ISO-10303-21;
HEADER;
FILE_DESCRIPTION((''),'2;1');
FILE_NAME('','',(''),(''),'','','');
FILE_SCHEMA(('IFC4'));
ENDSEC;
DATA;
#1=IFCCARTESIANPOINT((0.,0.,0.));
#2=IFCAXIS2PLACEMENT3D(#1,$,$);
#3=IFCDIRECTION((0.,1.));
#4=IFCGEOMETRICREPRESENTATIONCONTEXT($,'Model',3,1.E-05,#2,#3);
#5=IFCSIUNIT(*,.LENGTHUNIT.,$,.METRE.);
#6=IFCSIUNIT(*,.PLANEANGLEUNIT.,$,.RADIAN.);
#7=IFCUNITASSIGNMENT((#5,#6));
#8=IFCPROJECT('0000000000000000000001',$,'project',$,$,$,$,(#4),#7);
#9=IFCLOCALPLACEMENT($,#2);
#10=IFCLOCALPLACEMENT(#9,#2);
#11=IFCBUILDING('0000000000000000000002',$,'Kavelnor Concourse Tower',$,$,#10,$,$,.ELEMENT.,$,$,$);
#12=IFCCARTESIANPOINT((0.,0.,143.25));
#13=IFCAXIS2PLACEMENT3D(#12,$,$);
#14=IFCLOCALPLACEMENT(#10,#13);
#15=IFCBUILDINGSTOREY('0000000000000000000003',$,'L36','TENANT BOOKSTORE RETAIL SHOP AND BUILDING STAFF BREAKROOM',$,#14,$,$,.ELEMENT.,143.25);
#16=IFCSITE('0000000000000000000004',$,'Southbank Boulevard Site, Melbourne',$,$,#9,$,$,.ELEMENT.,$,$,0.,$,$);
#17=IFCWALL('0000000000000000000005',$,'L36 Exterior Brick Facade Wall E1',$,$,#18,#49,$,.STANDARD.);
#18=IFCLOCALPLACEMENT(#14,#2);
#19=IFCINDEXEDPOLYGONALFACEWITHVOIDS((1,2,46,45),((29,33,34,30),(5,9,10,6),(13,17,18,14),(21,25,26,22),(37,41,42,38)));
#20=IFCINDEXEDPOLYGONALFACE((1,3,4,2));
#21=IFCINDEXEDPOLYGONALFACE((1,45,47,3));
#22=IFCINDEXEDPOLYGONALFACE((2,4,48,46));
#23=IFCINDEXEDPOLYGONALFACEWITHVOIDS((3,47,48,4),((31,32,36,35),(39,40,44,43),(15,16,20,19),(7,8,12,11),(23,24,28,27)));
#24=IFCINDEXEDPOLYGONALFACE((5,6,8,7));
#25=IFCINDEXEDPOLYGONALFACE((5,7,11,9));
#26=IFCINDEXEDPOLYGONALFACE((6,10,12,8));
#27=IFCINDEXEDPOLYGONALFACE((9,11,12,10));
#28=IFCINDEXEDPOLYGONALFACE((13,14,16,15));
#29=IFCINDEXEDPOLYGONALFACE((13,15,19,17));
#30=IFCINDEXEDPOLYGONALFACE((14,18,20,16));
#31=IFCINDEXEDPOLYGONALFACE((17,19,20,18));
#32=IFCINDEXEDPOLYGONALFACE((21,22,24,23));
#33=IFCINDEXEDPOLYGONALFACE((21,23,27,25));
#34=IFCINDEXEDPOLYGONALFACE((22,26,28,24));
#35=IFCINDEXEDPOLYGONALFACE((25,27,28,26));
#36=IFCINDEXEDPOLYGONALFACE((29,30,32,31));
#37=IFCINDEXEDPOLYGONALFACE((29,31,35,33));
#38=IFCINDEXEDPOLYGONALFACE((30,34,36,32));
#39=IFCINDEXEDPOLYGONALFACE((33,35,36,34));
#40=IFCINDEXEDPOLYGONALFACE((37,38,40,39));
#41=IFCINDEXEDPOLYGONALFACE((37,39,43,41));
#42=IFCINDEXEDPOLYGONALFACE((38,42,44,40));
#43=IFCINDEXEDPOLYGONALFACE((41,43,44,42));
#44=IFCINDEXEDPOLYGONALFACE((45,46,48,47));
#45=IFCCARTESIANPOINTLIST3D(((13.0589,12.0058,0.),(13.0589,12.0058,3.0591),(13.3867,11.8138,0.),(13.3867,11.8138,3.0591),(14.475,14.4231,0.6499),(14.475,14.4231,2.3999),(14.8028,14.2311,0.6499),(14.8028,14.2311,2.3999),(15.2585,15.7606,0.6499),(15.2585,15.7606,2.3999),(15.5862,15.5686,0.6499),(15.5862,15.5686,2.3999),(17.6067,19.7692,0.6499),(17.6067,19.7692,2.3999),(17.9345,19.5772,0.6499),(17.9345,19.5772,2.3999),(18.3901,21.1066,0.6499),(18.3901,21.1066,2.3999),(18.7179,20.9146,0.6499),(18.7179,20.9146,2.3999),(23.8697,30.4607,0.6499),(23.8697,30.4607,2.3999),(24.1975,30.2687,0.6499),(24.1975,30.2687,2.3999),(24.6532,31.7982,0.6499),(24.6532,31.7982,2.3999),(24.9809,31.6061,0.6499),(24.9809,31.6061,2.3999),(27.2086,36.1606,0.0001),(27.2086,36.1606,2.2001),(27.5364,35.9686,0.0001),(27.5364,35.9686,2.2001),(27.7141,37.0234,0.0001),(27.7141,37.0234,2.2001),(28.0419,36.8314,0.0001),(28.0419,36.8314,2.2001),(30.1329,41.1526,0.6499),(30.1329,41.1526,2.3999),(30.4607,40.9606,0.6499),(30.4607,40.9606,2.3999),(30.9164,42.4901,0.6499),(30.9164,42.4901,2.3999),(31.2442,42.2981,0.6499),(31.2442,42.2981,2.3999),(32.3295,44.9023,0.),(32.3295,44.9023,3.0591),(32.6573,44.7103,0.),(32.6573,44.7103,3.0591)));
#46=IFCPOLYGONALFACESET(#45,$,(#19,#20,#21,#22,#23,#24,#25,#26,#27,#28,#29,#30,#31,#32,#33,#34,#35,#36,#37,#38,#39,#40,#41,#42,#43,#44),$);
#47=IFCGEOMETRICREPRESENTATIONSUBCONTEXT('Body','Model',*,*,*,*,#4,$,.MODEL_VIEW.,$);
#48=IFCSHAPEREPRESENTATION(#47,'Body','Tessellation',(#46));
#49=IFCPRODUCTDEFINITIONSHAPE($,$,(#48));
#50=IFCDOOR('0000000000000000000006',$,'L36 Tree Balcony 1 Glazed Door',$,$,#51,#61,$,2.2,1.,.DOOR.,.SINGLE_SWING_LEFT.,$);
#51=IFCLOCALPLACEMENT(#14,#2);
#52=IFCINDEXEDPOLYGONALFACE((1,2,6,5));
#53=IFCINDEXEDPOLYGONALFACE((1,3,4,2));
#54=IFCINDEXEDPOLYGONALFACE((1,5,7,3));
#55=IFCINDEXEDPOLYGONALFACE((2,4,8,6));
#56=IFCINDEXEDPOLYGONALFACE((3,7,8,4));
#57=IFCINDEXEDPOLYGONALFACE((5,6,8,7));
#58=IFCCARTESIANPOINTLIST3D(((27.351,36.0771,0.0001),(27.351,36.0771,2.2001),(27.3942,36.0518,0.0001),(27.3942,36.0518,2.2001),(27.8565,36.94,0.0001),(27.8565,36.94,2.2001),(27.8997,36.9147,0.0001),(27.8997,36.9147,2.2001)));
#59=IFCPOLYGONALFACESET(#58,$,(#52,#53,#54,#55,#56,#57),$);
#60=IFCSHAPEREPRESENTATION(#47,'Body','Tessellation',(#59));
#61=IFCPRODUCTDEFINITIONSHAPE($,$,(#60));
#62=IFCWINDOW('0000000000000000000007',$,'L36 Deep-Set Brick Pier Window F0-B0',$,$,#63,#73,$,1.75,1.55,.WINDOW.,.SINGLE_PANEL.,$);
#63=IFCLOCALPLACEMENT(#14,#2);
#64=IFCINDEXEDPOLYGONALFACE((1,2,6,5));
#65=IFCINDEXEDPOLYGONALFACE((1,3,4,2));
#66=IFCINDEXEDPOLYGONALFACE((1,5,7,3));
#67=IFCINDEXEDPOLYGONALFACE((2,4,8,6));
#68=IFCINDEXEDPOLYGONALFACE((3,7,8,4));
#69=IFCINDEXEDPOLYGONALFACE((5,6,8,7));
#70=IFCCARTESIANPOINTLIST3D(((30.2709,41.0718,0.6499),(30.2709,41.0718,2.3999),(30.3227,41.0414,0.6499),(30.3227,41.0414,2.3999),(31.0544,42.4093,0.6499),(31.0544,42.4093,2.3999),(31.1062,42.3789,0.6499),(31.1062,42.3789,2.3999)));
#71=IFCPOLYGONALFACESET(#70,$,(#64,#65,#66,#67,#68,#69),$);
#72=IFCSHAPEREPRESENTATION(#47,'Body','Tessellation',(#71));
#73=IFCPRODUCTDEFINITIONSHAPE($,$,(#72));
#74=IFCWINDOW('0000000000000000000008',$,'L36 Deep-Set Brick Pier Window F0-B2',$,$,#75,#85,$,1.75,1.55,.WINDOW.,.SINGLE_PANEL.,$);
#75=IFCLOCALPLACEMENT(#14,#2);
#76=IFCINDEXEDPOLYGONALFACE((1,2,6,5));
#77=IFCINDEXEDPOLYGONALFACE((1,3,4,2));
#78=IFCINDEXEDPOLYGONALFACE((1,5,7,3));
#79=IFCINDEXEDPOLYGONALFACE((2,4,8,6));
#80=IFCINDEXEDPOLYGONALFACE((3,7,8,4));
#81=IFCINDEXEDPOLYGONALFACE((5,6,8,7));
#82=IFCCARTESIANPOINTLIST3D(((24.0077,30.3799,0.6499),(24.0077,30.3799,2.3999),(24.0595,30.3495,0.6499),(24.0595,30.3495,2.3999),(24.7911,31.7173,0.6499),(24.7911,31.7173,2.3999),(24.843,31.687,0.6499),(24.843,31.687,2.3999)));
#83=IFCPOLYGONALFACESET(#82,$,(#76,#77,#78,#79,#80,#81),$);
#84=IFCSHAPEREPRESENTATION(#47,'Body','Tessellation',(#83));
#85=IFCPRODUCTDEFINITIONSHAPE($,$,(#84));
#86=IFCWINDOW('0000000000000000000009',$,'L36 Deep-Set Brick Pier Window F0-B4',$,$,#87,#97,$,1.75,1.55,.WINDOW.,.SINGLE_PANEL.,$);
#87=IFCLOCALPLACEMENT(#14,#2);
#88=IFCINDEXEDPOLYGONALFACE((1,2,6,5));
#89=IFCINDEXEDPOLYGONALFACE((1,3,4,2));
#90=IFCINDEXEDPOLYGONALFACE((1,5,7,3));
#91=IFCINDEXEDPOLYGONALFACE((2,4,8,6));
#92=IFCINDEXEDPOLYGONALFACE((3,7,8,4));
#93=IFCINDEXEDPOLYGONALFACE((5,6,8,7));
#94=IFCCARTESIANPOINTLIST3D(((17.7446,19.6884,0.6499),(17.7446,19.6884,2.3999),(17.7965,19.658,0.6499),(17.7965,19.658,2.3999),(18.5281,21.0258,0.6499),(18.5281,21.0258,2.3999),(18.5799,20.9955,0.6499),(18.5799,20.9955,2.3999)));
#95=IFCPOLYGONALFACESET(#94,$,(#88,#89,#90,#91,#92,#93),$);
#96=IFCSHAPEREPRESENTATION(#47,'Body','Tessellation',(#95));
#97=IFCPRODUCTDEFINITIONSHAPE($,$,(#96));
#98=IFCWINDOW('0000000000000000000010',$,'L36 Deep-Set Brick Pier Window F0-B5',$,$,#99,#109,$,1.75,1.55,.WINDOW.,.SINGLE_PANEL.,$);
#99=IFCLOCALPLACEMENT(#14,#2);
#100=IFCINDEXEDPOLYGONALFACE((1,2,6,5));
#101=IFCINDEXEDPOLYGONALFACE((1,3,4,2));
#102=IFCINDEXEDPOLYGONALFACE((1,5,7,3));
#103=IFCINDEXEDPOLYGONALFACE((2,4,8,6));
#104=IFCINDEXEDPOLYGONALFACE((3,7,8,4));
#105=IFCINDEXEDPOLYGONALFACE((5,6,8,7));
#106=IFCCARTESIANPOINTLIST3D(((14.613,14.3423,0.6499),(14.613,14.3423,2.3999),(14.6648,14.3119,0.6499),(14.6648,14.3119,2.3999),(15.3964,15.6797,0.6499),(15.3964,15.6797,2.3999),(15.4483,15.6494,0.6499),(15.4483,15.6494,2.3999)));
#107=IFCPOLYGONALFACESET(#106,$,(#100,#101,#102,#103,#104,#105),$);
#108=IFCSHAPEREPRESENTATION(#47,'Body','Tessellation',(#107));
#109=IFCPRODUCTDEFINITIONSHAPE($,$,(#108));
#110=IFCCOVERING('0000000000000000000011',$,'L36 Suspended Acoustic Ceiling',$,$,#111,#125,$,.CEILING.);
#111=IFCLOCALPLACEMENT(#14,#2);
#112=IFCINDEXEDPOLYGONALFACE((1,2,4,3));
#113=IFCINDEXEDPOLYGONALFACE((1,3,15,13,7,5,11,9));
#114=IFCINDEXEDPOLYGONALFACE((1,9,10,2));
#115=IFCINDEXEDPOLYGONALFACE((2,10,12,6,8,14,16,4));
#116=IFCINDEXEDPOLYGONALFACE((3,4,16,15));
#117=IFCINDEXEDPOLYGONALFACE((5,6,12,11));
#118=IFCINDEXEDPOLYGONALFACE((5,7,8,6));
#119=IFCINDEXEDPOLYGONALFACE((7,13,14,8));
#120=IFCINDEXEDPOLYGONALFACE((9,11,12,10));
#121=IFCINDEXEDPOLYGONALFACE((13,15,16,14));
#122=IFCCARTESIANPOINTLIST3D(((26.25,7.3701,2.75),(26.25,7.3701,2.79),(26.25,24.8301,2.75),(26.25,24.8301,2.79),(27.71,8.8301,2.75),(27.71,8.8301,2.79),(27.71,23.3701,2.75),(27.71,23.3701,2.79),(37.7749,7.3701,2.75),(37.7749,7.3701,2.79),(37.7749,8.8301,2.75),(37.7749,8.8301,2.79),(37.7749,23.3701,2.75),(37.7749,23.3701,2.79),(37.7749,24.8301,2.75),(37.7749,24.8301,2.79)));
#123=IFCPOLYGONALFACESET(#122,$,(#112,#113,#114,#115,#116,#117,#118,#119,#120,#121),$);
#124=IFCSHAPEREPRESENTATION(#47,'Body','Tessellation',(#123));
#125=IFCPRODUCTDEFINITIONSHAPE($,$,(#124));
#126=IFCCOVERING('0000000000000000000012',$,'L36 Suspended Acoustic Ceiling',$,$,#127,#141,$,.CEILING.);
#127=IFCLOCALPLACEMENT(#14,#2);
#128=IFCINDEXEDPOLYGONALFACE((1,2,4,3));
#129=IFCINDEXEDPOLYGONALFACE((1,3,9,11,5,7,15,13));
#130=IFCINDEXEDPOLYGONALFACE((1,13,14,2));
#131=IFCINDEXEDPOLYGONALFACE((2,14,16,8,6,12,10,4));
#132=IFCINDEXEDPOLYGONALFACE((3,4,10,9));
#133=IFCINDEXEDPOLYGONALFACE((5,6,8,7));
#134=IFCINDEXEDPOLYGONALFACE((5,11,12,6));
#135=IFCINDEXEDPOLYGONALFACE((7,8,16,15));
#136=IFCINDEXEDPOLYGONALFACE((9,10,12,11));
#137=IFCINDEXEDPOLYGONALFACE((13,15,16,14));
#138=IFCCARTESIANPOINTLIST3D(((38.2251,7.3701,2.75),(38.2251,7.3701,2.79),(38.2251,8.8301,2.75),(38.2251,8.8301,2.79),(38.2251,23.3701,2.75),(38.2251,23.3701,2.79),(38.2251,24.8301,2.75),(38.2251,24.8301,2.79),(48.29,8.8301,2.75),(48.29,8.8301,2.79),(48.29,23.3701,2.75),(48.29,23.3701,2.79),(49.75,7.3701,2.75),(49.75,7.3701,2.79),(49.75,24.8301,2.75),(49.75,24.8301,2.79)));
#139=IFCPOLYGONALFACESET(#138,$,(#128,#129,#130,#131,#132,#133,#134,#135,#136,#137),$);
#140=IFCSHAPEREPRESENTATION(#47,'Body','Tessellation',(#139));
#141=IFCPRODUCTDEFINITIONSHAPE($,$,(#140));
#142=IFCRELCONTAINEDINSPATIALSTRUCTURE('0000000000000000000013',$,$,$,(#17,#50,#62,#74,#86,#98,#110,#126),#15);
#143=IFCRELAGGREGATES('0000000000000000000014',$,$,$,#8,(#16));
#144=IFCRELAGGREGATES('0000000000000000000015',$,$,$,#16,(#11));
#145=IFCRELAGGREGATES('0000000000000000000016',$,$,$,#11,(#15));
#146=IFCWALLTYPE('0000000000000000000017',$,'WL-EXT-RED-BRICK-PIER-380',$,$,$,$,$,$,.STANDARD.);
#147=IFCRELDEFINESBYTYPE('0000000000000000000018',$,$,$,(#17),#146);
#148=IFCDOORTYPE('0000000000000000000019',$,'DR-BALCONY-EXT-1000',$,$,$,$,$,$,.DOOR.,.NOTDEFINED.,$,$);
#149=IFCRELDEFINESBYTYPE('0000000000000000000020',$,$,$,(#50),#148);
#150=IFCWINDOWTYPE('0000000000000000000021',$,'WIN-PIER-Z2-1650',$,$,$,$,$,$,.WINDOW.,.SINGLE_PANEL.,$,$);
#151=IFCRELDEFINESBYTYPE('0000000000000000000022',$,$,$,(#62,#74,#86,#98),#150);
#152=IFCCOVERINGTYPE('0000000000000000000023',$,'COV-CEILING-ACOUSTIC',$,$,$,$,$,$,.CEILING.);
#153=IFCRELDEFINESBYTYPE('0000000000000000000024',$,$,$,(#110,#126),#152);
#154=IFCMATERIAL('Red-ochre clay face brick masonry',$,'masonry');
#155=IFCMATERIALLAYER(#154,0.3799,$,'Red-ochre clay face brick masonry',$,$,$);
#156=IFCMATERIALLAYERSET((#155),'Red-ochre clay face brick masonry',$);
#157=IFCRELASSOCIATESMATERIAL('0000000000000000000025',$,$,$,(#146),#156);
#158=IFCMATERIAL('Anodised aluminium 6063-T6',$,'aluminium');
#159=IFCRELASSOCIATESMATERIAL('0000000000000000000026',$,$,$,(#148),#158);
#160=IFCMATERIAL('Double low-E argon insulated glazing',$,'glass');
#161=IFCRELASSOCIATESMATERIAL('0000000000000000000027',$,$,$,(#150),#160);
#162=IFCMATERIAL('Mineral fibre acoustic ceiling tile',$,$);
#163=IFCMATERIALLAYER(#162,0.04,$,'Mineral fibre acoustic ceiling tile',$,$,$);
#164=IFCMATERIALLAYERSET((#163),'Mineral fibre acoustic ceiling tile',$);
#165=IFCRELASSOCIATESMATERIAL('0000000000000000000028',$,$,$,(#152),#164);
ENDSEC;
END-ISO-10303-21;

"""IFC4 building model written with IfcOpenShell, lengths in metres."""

from ifc_helpers import new_model, si_unit, direction, frame, frame_2d, origin, place, context, subcontext, project, spatial, polyline, rectangle, outline, extrude, material, layer, layer_set, type_object, element, fill, save


model = new_model("IFC4")

# Units and contexts
model_context = context("Model", 3, precision=1e-05, world=origin(), true_north=direction((0.0, 1.0)))
body_context = subcontext(model_context, "Body", "Model", "MODEL_VIEW")
ifc_project = project(units=[si_unit("LENGTHUNIT", "METRE"), si_unit("PLANEANGLEUNIT", "RADIAN")], contexts=[model_context])

# Site, building, storey
site_placement = place(None, origin())
site = spatial("IfcSite", under=ifc_project, at=site_placement, Name="Southbank Boulevard Site, Melbourne", CompositionType="ELEMENT", RefElevation=0.0)
building_placement = place(site_placement, origin())
building = spatial("IfcBuilding", under=site, at=building_placement, Name="Kavelnor Concourse Tower", CompositionType="ELEMENT")
storey_placement = place(building_placement, frame((0.0, 0.0, 143.25)))
storey = spatial("IfcBuildingStorey", under=building, at=storey_placement, Name="L36", Description="TENANT BOOKSTORE RETAIL SHOP AND BUILDING STAFF BREAKROOM", CompositionType="ELEMENT", Elevation=143.25)

# Wall, openings, door, windows
ifc_material_1 = material(Name="Red-ochre clay face brick masonry", Category="masonry")
ifc_layer_1 = layer(ifc_material_1, 0.3799, Name="Red-ochre clay face brick masonry")
ifc_layer_set_1 = layer_set([ifc_layer_1], Name="Red-ochre clay face brick masonry")
wall_type = type_object("IfcWallType", Name="WL-EXT-RED-BRICK-PIER-380", PredefinedType="STANDARD", material=ifc_layer_set_1)
wall_placement = place(storey_placement, frame((13.2229, 11.9099, 0.0), z_axis=(0.0, 0.0, 1.0), x_axis=(0.505453, 0.862854, 0.0)))
wall = element("IfcWall", 1, at=wall_placement, inside=storey, type_object=wall_type, Name="L36 Exterior Brick Facade Wall E1", PredefinedType="STANDARD", context=body_context, shape_type="SweptSolid", body=[
    extrude(rectangle(XDim=38.1252, YDim=0.3799, at=frame_2d((19.0625, 0.0))), origin(), (0.0, 0.0, 1.0), 3.0591),
])
opening_1_placement = place(wall_placement, frame((27.9939, 0.0, 0.0)))
opening_1 = element("IfcOpeningElement", 2, at=opening_1_placement, cuts=wall, PredefinedType="OPENING", context=body_context, shape_type="SweptSolid", body=[
    extrude(rectangle(XDim=1.0, YDim=2.2, at=frame_2d((0.5, 1.1001))), frame((0.0, 0.2, 0.0), z_axis=(0.0, -1.0, 0.0), x_axis=(1.0, 0.0, 0.0)), (0.0, 0.0, 1.0), 0.3999),
])
opening_2_placement = place(wall_placement, frame((33.7795, 0.0, 0.6499)))
opening_2 = element("IfcOpeningElement", 3, at=opening_2_placement, cuts=wall, PredefinedType="OPENING", context=body_context, shape_type="SweptSolid", body=[
    extrude(rectangle(XDim=1.55, YDim=1.75, at=frame_2d((0.7749, 0.875))), frame((0.0, 0.2, 0.0), z_axis=(0.0, -1.0, 0.0), x_axis=(1.0, 0.0, 0.0)), (0.0, 0.0, 1.0), 0.3999),
])
opening_3_placement = place(wall_placement, frame((21.3882, 0.0, 0.6499)))
opening_3 = element("IfcOpeningElement", 4, at=opening_3_placement, cuts=wall, PredefinedType="OPENING", context=body_context, shape_type="SweptSolid", body=[
    extrude(rectangle(XDim=1.55, YDim=1.75, at=frame_2d((0.7749, 0.875))), frame((0.0, 0.2, 0.0), z_axis=(0.0, -1.0, 0.0), x_axis=(1.0, 0.0, 0.0)), (0.0, 0.0, 1.0), 0.3999),
])
opening_4_placement = place(wall_placement, frame((8.9973, 0.0, 0.6499)))
opening_4 = element("IfcOpeningElement", 5, at=opening_4_placement, cuts=wall, PredefinedType="OPENING", context=body_context, shape_type="SweptSolid", body=[
    extrude(rectangle(XDim=1.55, YDim=1.75, at=frame_2d((0.7749, 0.875))), frame((0.0, 0.2, 0.0), z_axis=(0.0, -1.0, 0.0), x_axis=(1.0, 0.0, 0.0)), (0.0, 0.0, 1.0), 0.3999),
])
opening_5_placement = place(wall_placement, frame((2.8015, 0.0, 0.6499)))
opening_5 = element("IfcOpeningElement", 6, at=opening_5_placement, cuts=wall, PredefinedType="OPENING", context=body_context, shape_type="SweptSolid", body=[
    extrude(rectangle(XDim=1.55, YDim=1.75, at=frame_2d((0.7749, 0.875))), frame((0.0, 0.2, 0.0), z_axis=(0.0, -1.0, 0.0), x_axis=(1.0, 0.0, 0.0)), (0.0, 0.0, 1.0), 0.3999),
])
ifc_material_2 = material(Name="Anodised aluminium 6063-T6", Category="aluminium")
door_type = type_object("IfcDoorType", Name="DR-BALCONY-EXT-1000", OperationType="NOTDEFINED", PredefinedType="DOOR", material=ifc_material_2)
door_placement = place(opening_1_placement, origin())
door = element("IfcDoor", 7, at=door_placement, inside=storey, type_object=door_type, Name="L36 Tree Balcony 1 Glazed Door", OperationType="SINGLE_SWING_LEFT", OverallHeight=2.2, OverallWidth=1.0, PredefinedType="DOOR", context=body_context, shape_type="SweptSolid", body=[
    extrude(rectangle(XDim=1.0, YDim=2.2, at=frame_2d((0.5, 1.1001))), frame((0.0, 0.0249, 0.0), z_axis=(0.0, -1.0, 0.0), x_axis=(1.0, 0.0, 0.0)), (0.0, 0.0, 1.0), 0.05),
])
fill(opening_1, door)
ifc_material_3 = material(Name="Double low-E argon insulated glazing", Category="glass")
window_type = type_object("IfcWindowType", Name="WIN-PIER-Z2-1650", PartitioningType="SINGLE_PANEL", PredefinedType="WINDOW", material=ifc_material_3)
window_1_placement = place(opening_2_placement, origin())
window_1 = element("IfcWindow", 8, at=window_1_placement, inside=storey, type_object=window_type, Name="L36 Deep-Set Brick Pier Window F0-B0", OverallHeight=1.75, OverallWidth=1.55, PartitioningType="SINGLE_PANEL", PredefinedType="WINDOW", context=body_context, shape_type="SweptSolid", body=[
    extrude(rectangle(XDim=1.55, YDim=1.75, at=frame_2d((0.7749, 0.875))), frame((0.0, 0.03, 0.0), z_axis=(0.0, -1.0, 0.0), x_axis=(1.0, 0.0, 0.0)), (0.0, 0.0, 1.0), 0.0601),
])
fill(opening_2, window_1)
window_2_placement = place(opening_3_placement, origin())
window_2 = element("IfcWindow", 9, at=window_2_placement, inside=storey, type_object=window_type, Name="L36 Deep-Set Brick Pier Window F0-B2", OverallHeight=1.75, OverallWidth=1.55, PartitioningType="SINGLE_PANEL", PredefinedType="WINDOW", context=body_context, shape_type="SweptSolid", body=[
    extrude(rectangle(XDim=1.55, YDim=1.75, at=frame_2d((0.7749, 0.875))), frame((0.0, 0.03, 0.0), z_axis=(0.0, -1.0, 0.0), x_axis=(1.0, 0.0, 0.0)), (0.0, 0.0, 1.0), 0.0601),
])
fill(opening_3, window_2)
window_3_placement = place(opening_4_placement, origin())
window_3 = element("IfcWindow", 10, at=window_3_placement, inside=storey, type_object=window_type, Name="L36 Deep-Set Brick Pier Window F0-B4", OverallHeight=1.75, OverallWidth=1.55, PartitioningType="SINGLE_PANEL", PredefinedType="WINDOW", context=body_context, shape_type="SweptSolid", body=[
    extrude(rectangle(XDim=1.55, YDim=1.75, at=frame_2d((0.7749, 0.875))), frame((0.0, 0.03, 0.0), z_axis=(0.0, -1.0, 0.0), x_axis=(1.0, 0.0, 0.0)), (0.0, 0.0, 1.0), 0.0601),
])
fill(opening_4, window_3)
window_4_placement = place(opening_5_placement, origin())
window_4 = element("IfcWindow", 11, at=window_4_placement, inside=storey, type_object=window_type, Name="L36 Deep-Set Brick Pier Window F0-B5", OverallHeight=1.75, OverallWidth=1.55, PartitioningType="SINGLE_PANEL", PredefinedType="WINDOW", context=body_context, shape_type="SweptSolid", body=[
    extrude(rectangle(XDim=1.55, YDim=1.75, at=frame_2d((0.7749, 0.875))), frame((0.0, 0.03, 0.0), z_axis=(0.0, -1.0, 0.0), x_axis=(1.0, 0.0, 0.0)), (0.0, 0.0, 1.0), 0.0601),
])
fill(opening_5, window_4)

# Coverings
ifc_material_4 = material(Name="Mineral fibre acoustic ceiling tile")
ifc_layer_2 = layer(ifc_material_4, 0.04, Name="Mineral fibre acoustic ceiling tile")
ifc_layer_set_2 = layer_set([ifc_layer_2], Name="Mineral fibre acoustic ceiling tile")
covering_type = type_object("IfcCoveringType", Name="COV-CEILING-ACOUSTIC", PredefinedType="CEILING", material=ifc_layer_set_2)
covering_1_placement = place(storey_placement, frame((0.0, 0.0, 2.75)))
element("IfcCovering", 12, at=covering_1_placement, inside=storey, type_object=covering_type, Name="L36 Suspended Acoustic Ceiling", PredefinedType="CEILING", context=body_context, shape_type="SweptSolid", body=[
    extrude(outline(polyline([(26.25, 7.3701), (26.25, 24.8301), (37.7749, 24.8301), (37.7749, 23.3701), (27.71, 23.3701), (27.71, 8.8301), (37.7749, 8.8301), (37.7749, 7.3701), (26.25, 7.3701)])), origin(), (0.0, 0.0, 1.0), 0.04),
])
covering_2_placement = place(storey_placement, frame((0.0, 0.0, 2.75)))
element("IfcCovering", 13, at=covering_2_placement, inside=storey, type_object=covering_type, Name="L36 Suspended Acoustic Ceiling", PredefinedType="CEILING", context=body_context, shape_type="SweptSolid", body=[
    extrude(outline(polyline([(49.75, 7.3701), (38.2251, 7.3701), (38.2251, 8.8301), (48.29, 8.8301), (48.29, 23.3701), (38.2251, 23.3701), (38.2251, 24.8301), (49.75, 24.8301), (49.75, 7.3701)])), origin(), (0.0, 0.0, 1.0), 0.04),
])

save(model, "model.ifc")
